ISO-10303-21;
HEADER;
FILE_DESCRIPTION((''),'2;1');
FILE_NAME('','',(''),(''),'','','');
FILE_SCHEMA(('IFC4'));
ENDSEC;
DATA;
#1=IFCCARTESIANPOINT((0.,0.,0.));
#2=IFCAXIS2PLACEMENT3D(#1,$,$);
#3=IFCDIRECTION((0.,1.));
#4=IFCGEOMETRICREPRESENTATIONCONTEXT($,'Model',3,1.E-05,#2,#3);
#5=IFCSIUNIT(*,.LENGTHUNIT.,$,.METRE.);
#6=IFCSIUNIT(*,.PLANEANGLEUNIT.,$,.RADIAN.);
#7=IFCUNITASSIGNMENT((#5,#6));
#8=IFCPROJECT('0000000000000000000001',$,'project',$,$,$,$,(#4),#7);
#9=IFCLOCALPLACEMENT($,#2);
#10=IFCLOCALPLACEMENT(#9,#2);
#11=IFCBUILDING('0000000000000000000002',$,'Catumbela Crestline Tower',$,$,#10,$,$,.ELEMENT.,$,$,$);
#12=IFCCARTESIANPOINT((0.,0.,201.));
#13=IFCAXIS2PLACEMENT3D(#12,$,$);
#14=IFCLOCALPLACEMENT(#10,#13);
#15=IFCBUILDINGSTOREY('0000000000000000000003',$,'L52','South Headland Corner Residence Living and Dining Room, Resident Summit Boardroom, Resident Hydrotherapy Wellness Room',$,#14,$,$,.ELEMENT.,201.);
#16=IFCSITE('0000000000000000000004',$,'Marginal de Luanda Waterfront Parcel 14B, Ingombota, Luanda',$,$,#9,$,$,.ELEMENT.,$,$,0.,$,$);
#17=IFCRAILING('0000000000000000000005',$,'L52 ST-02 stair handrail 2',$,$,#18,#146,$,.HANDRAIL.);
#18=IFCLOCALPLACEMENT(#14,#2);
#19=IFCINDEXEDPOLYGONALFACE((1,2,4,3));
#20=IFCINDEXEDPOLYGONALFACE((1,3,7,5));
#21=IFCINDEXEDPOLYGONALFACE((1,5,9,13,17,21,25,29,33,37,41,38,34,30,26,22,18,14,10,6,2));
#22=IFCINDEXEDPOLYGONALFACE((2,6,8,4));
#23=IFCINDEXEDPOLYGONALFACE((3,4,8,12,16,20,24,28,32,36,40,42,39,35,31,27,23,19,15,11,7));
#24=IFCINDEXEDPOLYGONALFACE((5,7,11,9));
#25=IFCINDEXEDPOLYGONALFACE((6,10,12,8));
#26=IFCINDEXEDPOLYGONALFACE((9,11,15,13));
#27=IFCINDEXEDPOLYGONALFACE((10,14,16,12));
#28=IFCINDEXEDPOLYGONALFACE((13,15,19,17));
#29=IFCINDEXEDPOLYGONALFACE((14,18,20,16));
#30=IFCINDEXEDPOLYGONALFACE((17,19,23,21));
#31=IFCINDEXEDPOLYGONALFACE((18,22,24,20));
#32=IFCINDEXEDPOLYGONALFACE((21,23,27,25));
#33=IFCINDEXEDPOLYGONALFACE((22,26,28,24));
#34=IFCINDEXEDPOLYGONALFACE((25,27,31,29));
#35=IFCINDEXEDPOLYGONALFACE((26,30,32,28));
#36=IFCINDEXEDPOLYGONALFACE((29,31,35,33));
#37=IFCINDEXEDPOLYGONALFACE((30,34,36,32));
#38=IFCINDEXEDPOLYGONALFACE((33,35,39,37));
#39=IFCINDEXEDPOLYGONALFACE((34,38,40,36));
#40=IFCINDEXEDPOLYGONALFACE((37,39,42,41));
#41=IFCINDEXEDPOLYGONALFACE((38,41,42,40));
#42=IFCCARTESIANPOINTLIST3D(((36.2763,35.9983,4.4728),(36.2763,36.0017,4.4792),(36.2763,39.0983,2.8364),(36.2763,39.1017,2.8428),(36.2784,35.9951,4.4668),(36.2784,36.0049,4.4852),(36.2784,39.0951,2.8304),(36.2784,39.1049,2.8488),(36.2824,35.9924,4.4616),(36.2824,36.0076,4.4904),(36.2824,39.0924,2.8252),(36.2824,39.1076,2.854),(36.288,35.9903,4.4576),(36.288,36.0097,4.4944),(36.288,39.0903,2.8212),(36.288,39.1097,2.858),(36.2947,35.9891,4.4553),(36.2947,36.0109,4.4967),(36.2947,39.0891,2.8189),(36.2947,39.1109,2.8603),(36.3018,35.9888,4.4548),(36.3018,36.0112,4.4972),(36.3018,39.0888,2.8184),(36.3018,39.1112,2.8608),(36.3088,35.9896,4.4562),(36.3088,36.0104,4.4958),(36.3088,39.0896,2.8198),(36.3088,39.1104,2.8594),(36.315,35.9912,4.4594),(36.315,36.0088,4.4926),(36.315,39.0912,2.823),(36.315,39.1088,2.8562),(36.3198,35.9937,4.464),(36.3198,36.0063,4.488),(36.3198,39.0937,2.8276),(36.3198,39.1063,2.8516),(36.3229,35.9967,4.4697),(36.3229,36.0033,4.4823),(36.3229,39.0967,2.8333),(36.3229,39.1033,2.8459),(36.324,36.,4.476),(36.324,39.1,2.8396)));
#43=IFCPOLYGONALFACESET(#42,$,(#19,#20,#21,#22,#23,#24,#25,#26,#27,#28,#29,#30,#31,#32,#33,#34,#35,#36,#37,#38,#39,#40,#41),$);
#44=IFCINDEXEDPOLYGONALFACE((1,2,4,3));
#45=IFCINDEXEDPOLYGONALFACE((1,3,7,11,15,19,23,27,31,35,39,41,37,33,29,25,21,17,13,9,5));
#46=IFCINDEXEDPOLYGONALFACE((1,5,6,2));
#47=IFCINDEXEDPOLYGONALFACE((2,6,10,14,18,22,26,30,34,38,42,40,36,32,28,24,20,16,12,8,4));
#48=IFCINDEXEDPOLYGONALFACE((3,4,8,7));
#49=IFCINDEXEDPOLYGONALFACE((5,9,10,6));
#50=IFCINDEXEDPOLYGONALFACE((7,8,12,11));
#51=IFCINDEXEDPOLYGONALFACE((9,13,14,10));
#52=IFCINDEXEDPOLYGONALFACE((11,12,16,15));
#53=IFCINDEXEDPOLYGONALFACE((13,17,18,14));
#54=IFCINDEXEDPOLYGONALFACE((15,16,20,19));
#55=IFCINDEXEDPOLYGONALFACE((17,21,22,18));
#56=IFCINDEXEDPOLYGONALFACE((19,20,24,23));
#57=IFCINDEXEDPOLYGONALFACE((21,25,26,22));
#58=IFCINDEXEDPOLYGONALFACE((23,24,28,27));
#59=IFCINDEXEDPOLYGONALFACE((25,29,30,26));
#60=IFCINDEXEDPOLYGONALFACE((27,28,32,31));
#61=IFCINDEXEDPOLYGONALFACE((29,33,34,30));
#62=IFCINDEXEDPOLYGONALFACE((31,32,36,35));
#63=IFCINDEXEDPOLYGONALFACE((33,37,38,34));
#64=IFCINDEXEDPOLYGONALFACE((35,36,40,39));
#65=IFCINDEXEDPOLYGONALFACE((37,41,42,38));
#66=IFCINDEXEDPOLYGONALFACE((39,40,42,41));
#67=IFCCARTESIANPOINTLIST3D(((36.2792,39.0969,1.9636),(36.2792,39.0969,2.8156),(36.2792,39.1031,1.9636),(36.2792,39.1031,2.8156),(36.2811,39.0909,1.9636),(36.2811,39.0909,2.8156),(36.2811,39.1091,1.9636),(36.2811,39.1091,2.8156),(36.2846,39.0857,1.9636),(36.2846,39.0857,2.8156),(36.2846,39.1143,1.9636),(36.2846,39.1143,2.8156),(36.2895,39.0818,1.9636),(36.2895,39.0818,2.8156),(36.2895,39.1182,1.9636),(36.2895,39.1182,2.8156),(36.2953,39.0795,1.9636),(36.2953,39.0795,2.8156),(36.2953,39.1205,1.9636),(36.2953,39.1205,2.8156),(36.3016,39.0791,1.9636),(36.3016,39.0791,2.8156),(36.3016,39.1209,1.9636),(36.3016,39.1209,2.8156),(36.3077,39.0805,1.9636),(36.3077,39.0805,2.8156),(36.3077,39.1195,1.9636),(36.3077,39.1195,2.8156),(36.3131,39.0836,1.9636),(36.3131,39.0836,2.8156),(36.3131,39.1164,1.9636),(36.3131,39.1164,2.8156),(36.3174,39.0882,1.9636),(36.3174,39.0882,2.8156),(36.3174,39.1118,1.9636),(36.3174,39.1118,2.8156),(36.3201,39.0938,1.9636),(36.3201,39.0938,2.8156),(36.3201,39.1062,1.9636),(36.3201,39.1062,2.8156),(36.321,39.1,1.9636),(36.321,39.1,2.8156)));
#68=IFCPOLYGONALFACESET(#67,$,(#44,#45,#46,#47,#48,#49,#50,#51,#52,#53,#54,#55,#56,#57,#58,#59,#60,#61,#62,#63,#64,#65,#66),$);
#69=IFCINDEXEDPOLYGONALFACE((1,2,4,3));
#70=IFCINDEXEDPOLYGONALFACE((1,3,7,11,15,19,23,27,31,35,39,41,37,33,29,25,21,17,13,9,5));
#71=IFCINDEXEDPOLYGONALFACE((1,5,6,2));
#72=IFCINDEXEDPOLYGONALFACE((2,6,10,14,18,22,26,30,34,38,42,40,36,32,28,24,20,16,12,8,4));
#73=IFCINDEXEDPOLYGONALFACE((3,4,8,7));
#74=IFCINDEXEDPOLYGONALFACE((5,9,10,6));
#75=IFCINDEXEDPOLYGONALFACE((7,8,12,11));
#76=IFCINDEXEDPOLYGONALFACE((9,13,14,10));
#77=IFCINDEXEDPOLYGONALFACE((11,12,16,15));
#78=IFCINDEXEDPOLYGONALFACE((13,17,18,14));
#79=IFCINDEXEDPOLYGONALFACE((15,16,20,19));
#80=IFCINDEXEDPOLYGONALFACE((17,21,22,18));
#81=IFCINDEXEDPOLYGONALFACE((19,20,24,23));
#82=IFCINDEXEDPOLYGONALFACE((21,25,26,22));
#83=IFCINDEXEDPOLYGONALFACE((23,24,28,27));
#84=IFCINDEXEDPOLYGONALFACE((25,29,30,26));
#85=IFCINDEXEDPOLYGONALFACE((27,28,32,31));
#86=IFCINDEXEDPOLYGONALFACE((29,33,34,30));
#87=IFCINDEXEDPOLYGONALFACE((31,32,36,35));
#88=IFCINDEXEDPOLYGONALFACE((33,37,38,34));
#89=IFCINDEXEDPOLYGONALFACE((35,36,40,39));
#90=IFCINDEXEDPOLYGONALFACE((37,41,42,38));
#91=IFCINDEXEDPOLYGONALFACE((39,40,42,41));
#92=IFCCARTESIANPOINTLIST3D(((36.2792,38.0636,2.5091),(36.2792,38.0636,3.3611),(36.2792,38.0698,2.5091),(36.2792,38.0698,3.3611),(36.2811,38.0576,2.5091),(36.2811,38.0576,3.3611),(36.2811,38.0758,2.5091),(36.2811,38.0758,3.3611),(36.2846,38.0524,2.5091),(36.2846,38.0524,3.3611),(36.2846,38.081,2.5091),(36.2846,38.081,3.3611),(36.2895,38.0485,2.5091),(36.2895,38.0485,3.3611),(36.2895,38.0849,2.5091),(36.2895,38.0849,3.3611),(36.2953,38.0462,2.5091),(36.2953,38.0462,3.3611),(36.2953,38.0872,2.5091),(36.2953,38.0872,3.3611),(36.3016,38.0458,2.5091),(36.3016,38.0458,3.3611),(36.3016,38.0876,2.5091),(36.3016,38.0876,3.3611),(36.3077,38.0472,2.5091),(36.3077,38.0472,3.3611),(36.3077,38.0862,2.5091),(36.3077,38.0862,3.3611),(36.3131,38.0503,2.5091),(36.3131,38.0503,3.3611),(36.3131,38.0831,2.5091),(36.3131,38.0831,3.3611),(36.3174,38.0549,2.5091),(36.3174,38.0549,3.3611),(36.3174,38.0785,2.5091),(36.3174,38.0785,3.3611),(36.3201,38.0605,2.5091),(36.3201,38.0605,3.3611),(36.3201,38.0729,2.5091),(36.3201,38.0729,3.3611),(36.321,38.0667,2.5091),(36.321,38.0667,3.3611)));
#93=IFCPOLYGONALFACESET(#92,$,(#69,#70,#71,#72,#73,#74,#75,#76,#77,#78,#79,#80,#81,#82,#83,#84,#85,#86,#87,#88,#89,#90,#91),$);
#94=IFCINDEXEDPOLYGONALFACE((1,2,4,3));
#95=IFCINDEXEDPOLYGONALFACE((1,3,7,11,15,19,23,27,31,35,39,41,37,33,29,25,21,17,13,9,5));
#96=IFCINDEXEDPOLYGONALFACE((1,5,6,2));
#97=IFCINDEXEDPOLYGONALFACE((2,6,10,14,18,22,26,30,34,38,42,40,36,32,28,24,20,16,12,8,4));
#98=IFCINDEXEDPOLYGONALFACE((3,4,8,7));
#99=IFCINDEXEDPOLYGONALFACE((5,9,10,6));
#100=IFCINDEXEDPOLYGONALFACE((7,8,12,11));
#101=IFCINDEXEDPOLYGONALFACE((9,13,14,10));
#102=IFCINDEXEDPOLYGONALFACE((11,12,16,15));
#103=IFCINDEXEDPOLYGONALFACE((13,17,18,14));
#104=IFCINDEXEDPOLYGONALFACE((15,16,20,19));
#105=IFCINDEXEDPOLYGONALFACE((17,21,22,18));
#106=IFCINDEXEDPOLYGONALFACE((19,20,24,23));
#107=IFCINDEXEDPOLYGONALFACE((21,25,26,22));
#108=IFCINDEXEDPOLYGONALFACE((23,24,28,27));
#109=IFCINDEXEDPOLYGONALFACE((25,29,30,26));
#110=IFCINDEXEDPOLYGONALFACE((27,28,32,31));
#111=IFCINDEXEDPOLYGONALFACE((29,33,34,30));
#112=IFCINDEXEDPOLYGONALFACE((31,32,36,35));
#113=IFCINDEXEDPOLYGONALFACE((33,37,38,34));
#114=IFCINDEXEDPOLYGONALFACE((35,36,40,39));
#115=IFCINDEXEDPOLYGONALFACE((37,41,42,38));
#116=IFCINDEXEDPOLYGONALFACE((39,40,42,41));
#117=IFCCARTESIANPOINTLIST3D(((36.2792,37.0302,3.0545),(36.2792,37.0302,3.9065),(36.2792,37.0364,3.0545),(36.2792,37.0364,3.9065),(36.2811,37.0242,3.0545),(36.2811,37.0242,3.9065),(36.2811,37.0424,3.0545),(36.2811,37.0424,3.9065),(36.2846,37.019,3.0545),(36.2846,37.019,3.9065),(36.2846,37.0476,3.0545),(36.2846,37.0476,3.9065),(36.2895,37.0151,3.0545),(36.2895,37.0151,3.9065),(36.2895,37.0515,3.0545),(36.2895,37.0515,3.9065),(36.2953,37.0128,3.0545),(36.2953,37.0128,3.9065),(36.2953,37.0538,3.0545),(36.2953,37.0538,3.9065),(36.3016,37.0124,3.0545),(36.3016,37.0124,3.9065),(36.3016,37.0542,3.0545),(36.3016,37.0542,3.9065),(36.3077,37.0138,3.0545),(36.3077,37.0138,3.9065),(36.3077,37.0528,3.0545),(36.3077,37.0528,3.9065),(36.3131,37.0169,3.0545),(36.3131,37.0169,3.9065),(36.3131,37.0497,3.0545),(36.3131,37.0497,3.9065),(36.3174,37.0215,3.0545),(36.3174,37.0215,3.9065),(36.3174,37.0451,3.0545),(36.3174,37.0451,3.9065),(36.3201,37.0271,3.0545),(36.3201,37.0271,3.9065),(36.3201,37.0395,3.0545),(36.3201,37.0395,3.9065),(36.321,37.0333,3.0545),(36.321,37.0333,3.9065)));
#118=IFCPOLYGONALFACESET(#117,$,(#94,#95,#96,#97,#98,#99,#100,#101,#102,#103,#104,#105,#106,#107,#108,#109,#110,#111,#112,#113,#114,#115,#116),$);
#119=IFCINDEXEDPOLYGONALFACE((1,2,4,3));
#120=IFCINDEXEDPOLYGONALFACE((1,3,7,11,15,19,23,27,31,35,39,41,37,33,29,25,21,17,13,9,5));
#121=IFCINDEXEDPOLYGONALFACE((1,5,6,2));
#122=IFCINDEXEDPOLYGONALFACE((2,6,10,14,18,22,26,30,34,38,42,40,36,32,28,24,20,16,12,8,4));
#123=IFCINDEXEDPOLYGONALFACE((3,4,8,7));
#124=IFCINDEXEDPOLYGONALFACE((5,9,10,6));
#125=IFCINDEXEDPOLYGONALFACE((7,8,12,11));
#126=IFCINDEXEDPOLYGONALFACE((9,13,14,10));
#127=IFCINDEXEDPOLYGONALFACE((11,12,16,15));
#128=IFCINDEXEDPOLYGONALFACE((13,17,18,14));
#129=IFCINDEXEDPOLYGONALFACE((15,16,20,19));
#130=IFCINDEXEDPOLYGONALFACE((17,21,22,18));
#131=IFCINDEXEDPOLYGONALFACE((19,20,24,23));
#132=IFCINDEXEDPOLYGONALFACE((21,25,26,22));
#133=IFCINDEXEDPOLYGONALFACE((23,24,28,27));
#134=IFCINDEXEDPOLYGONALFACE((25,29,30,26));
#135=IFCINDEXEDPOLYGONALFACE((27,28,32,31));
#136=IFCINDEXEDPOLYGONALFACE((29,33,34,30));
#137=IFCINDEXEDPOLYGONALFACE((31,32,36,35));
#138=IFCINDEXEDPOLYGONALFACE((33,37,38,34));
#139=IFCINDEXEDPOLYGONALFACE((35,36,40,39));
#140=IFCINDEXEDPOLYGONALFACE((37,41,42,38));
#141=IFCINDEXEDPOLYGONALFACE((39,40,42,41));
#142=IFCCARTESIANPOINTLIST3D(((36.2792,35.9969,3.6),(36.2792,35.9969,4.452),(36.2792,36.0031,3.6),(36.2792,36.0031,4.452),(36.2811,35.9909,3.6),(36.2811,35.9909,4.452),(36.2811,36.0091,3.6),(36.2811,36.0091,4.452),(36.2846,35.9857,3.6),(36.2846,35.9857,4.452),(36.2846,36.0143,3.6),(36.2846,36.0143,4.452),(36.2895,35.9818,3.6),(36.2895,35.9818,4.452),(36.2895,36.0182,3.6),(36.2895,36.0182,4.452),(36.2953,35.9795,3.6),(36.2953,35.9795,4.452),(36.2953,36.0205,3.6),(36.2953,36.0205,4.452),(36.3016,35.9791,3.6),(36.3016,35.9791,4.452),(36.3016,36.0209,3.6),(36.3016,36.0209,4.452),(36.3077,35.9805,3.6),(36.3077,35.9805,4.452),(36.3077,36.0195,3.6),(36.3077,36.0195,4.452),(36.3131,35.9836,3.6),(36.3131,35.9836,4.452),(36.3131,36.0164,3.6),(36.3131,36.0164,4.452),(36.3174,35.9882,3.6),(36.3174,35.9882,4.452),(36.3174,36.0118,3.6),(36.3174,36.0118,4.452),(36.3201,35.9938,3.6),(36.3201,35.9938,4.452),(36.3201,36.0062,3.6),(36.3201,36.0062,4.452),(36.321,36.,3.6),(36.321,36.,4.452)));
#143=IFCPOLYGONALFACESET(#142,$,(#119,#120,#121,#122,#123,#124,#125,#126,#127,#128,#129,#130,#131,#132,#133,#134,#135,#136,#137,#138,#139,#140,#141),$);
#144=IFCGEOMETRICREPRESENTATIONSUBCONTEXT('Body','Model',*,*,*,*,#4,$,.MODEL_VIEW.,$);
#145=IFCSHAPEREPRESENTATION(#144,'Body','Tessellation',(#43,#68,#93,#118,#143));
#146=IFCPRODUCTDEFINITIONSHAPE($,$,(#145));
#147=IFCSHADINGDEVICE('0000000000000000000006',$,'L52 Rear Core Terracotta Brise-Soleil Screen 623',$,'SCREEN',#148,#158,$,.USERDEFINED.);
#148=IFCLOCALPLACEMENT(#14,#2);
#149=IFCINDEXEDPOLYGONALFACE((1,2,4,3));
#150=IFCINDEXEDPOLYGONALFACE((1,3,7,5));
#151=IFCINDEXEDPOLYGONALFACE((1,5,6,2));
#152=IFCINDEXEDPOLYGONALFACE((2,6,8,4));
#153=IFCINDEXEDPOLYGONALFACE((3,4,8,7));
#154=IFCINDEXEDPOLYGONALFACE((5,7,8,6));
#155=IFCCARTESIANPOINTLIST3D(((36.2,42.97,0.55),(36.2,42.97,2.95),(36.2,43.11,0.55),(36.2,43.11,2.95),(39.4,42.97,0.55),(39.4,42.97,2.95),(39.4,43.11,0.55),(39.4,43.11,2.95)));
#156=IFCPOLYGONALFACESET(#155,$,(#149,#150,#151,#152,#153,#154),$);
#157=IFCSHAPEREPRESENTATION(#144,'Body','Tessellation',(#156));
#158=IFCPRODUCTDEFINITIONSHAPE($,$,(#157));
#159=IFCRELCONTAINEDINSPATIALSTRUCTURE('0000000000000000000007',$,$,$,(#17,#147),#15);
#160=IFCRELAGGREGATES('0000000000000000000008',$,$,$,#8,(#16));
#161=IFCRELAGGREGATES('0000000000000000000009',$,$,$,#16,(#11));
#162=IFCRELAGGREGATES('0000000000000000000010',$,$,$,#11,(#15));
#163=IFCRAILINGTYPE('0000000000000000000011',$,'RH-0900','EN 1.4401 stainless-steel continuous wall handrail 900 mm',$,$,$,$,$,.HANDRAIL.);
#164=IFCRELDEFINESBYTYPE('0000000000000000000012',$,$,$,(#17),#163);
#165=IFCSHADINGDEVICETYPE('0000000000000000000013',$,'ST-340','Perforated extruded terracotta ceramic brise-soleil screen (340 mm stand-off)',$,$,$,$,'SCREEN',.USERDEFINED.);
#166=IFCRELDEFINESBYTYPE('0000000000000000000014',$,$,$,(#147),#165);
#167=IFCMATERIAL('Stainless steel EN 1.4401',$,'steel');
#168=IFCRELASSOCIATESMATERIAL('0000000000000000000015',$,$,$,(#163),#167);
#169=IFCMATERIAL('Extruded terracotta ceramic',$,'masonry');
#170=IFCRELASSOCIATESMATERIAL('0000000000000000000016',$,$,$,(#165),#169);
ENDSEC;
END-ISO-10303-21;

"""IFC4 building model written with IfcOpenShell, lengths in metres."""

from ifc_helpers import new_model, si_unit, direction, frame, origin, origin_2d, place, context, subcontext, project, spatial, rectangle, circle, extrude, material, type_object, element, save


model = new_model("IFC4")

# Units and contexts
model_context = context("Model", 3, precision=1e-05, world=origin(), true_north=direction((0.0, 1.0)))
body_context = subcontext(model_context, "Body", "Model", "MODEL_VIEW")
ifc_project = project(units=[si_unit("LENGTHUNIT", "METRE"), si_unit("PLANEANGLEUNIT", "RADIAN")], contexts=[model_context])

# Site, building, storey
site_placement = place(None, origin())
site = spatial("IfcSite", under=ifc_project, at=site_placement, Name="Marginal de Luanda Waterfront Parcel 14B, Ingombota, Luanda", CompositionType="ELEMENT", RefElevation=0.0)
building_placement = place(site_placement, origin())
building = spatial("IfcBuilding", under=site, at=building_placement, Name="Catumbela Crestline Tower", CompositionType="ELEMENT")
storey_placement = place(building_placement, frame((0.0, 0.0, 201.0)))
storey = spatial("IfcBuildingStorey", under=building, at=storey_placement, Name="L52", Description="South Headland Corner Residence Living and Dining Room, Resident Summit Boardroom, Resident Hydrotherapy Wellness Room", CompositionType="ELEMENT", Elevation=201.0)

# Shared definitions
ifc_material_1 = material(Name="Stainless steel EN 1.4401", Category="steel")

# Railing
railing_type_1 = type_object("IfcRailingType", Name="RH-0900", Description="EN 1.4401 stainless-steel continuous wall handrail 900 mm", PredefinedType="HANDRAIL", material=ifc_material_1)
railing_1_placement = place(storey_placement, frame((36.3, 39.1, 1.9636)))
element("IfcRailing", 1, at=railing_1_placement, inside=storey, type_object=railing_type_1, Name="L52 ST-02 stair handrail 2", PredefinedType="HANDRAIL", context=body_context, shape_type="SweptSolid", body=[
    extrude(circle(Radius=0.024, at=origin_2d()), frame((0.0, 0.0, 0.876), z_axis=(0.0, -0.884351, 0.466823), x_axis=(1.0, 0.0, 0.0)), (0.0, 0.0, 1.0), 3.5054),
    extrude(circle(Radius=0.021, at=origin_2d()), origin(), (0.0, 0.0, 1.0), 0.852),
    extrude(circle(Radius=0.021, at=origin_2d()), frame((0.0, -1.0333, 0.5455)), (0.0, 0.0, 1.0), 0.852),
    extrude(circle(Radius=0.021, at=origin_2d()), frame((0.0, -2.0667, 1.0909)), (0.0, 0.0, 1.0), 0.852),
    extrude(circle(Radius=0.021, at=origin_2d()), frame((0.0, -3.1, 1.6364)), (0.0, 0.0, 1.0), 0.852),
])

# Shading device
ifc_material_2 = material(Name="Extruded terracotta ceramic", Category="masonry")
shading_device_type = type_object("IfcShadingDeviceType", Name="ST-340", Description="Perforated extruded terracotta ceramic brise-soleil screen (340 mm stand-off)", ElementType="SCREEN", PredefinedType="USERDEFINED", material=ifc_material_2)
shading_device_placement = place(storey_placement, frame((37.8, 43.04, 0.55), z_axis=(0.0, 0.0, 1.0), x_axis=(1.0, 0.0, 0.0)))
element("IfcShadingDevice", 2, at=shading_device_placement, inside=storey, type_object=shading_device_type, Name="L52 Rear Core Terracotta Brise-Soleil Screen 623", ObjectType="SCREEN", PredefinedType="USERDEFINED", context=body_context, shape_type="SweptSolid", body=[
    extrude(rectangle(XDim=3.2, YDim=0.14, at=origin_2d()), origin(), (0.0, 0.0, 1.0), 2.4),
])

save(model, "model.ifc")
